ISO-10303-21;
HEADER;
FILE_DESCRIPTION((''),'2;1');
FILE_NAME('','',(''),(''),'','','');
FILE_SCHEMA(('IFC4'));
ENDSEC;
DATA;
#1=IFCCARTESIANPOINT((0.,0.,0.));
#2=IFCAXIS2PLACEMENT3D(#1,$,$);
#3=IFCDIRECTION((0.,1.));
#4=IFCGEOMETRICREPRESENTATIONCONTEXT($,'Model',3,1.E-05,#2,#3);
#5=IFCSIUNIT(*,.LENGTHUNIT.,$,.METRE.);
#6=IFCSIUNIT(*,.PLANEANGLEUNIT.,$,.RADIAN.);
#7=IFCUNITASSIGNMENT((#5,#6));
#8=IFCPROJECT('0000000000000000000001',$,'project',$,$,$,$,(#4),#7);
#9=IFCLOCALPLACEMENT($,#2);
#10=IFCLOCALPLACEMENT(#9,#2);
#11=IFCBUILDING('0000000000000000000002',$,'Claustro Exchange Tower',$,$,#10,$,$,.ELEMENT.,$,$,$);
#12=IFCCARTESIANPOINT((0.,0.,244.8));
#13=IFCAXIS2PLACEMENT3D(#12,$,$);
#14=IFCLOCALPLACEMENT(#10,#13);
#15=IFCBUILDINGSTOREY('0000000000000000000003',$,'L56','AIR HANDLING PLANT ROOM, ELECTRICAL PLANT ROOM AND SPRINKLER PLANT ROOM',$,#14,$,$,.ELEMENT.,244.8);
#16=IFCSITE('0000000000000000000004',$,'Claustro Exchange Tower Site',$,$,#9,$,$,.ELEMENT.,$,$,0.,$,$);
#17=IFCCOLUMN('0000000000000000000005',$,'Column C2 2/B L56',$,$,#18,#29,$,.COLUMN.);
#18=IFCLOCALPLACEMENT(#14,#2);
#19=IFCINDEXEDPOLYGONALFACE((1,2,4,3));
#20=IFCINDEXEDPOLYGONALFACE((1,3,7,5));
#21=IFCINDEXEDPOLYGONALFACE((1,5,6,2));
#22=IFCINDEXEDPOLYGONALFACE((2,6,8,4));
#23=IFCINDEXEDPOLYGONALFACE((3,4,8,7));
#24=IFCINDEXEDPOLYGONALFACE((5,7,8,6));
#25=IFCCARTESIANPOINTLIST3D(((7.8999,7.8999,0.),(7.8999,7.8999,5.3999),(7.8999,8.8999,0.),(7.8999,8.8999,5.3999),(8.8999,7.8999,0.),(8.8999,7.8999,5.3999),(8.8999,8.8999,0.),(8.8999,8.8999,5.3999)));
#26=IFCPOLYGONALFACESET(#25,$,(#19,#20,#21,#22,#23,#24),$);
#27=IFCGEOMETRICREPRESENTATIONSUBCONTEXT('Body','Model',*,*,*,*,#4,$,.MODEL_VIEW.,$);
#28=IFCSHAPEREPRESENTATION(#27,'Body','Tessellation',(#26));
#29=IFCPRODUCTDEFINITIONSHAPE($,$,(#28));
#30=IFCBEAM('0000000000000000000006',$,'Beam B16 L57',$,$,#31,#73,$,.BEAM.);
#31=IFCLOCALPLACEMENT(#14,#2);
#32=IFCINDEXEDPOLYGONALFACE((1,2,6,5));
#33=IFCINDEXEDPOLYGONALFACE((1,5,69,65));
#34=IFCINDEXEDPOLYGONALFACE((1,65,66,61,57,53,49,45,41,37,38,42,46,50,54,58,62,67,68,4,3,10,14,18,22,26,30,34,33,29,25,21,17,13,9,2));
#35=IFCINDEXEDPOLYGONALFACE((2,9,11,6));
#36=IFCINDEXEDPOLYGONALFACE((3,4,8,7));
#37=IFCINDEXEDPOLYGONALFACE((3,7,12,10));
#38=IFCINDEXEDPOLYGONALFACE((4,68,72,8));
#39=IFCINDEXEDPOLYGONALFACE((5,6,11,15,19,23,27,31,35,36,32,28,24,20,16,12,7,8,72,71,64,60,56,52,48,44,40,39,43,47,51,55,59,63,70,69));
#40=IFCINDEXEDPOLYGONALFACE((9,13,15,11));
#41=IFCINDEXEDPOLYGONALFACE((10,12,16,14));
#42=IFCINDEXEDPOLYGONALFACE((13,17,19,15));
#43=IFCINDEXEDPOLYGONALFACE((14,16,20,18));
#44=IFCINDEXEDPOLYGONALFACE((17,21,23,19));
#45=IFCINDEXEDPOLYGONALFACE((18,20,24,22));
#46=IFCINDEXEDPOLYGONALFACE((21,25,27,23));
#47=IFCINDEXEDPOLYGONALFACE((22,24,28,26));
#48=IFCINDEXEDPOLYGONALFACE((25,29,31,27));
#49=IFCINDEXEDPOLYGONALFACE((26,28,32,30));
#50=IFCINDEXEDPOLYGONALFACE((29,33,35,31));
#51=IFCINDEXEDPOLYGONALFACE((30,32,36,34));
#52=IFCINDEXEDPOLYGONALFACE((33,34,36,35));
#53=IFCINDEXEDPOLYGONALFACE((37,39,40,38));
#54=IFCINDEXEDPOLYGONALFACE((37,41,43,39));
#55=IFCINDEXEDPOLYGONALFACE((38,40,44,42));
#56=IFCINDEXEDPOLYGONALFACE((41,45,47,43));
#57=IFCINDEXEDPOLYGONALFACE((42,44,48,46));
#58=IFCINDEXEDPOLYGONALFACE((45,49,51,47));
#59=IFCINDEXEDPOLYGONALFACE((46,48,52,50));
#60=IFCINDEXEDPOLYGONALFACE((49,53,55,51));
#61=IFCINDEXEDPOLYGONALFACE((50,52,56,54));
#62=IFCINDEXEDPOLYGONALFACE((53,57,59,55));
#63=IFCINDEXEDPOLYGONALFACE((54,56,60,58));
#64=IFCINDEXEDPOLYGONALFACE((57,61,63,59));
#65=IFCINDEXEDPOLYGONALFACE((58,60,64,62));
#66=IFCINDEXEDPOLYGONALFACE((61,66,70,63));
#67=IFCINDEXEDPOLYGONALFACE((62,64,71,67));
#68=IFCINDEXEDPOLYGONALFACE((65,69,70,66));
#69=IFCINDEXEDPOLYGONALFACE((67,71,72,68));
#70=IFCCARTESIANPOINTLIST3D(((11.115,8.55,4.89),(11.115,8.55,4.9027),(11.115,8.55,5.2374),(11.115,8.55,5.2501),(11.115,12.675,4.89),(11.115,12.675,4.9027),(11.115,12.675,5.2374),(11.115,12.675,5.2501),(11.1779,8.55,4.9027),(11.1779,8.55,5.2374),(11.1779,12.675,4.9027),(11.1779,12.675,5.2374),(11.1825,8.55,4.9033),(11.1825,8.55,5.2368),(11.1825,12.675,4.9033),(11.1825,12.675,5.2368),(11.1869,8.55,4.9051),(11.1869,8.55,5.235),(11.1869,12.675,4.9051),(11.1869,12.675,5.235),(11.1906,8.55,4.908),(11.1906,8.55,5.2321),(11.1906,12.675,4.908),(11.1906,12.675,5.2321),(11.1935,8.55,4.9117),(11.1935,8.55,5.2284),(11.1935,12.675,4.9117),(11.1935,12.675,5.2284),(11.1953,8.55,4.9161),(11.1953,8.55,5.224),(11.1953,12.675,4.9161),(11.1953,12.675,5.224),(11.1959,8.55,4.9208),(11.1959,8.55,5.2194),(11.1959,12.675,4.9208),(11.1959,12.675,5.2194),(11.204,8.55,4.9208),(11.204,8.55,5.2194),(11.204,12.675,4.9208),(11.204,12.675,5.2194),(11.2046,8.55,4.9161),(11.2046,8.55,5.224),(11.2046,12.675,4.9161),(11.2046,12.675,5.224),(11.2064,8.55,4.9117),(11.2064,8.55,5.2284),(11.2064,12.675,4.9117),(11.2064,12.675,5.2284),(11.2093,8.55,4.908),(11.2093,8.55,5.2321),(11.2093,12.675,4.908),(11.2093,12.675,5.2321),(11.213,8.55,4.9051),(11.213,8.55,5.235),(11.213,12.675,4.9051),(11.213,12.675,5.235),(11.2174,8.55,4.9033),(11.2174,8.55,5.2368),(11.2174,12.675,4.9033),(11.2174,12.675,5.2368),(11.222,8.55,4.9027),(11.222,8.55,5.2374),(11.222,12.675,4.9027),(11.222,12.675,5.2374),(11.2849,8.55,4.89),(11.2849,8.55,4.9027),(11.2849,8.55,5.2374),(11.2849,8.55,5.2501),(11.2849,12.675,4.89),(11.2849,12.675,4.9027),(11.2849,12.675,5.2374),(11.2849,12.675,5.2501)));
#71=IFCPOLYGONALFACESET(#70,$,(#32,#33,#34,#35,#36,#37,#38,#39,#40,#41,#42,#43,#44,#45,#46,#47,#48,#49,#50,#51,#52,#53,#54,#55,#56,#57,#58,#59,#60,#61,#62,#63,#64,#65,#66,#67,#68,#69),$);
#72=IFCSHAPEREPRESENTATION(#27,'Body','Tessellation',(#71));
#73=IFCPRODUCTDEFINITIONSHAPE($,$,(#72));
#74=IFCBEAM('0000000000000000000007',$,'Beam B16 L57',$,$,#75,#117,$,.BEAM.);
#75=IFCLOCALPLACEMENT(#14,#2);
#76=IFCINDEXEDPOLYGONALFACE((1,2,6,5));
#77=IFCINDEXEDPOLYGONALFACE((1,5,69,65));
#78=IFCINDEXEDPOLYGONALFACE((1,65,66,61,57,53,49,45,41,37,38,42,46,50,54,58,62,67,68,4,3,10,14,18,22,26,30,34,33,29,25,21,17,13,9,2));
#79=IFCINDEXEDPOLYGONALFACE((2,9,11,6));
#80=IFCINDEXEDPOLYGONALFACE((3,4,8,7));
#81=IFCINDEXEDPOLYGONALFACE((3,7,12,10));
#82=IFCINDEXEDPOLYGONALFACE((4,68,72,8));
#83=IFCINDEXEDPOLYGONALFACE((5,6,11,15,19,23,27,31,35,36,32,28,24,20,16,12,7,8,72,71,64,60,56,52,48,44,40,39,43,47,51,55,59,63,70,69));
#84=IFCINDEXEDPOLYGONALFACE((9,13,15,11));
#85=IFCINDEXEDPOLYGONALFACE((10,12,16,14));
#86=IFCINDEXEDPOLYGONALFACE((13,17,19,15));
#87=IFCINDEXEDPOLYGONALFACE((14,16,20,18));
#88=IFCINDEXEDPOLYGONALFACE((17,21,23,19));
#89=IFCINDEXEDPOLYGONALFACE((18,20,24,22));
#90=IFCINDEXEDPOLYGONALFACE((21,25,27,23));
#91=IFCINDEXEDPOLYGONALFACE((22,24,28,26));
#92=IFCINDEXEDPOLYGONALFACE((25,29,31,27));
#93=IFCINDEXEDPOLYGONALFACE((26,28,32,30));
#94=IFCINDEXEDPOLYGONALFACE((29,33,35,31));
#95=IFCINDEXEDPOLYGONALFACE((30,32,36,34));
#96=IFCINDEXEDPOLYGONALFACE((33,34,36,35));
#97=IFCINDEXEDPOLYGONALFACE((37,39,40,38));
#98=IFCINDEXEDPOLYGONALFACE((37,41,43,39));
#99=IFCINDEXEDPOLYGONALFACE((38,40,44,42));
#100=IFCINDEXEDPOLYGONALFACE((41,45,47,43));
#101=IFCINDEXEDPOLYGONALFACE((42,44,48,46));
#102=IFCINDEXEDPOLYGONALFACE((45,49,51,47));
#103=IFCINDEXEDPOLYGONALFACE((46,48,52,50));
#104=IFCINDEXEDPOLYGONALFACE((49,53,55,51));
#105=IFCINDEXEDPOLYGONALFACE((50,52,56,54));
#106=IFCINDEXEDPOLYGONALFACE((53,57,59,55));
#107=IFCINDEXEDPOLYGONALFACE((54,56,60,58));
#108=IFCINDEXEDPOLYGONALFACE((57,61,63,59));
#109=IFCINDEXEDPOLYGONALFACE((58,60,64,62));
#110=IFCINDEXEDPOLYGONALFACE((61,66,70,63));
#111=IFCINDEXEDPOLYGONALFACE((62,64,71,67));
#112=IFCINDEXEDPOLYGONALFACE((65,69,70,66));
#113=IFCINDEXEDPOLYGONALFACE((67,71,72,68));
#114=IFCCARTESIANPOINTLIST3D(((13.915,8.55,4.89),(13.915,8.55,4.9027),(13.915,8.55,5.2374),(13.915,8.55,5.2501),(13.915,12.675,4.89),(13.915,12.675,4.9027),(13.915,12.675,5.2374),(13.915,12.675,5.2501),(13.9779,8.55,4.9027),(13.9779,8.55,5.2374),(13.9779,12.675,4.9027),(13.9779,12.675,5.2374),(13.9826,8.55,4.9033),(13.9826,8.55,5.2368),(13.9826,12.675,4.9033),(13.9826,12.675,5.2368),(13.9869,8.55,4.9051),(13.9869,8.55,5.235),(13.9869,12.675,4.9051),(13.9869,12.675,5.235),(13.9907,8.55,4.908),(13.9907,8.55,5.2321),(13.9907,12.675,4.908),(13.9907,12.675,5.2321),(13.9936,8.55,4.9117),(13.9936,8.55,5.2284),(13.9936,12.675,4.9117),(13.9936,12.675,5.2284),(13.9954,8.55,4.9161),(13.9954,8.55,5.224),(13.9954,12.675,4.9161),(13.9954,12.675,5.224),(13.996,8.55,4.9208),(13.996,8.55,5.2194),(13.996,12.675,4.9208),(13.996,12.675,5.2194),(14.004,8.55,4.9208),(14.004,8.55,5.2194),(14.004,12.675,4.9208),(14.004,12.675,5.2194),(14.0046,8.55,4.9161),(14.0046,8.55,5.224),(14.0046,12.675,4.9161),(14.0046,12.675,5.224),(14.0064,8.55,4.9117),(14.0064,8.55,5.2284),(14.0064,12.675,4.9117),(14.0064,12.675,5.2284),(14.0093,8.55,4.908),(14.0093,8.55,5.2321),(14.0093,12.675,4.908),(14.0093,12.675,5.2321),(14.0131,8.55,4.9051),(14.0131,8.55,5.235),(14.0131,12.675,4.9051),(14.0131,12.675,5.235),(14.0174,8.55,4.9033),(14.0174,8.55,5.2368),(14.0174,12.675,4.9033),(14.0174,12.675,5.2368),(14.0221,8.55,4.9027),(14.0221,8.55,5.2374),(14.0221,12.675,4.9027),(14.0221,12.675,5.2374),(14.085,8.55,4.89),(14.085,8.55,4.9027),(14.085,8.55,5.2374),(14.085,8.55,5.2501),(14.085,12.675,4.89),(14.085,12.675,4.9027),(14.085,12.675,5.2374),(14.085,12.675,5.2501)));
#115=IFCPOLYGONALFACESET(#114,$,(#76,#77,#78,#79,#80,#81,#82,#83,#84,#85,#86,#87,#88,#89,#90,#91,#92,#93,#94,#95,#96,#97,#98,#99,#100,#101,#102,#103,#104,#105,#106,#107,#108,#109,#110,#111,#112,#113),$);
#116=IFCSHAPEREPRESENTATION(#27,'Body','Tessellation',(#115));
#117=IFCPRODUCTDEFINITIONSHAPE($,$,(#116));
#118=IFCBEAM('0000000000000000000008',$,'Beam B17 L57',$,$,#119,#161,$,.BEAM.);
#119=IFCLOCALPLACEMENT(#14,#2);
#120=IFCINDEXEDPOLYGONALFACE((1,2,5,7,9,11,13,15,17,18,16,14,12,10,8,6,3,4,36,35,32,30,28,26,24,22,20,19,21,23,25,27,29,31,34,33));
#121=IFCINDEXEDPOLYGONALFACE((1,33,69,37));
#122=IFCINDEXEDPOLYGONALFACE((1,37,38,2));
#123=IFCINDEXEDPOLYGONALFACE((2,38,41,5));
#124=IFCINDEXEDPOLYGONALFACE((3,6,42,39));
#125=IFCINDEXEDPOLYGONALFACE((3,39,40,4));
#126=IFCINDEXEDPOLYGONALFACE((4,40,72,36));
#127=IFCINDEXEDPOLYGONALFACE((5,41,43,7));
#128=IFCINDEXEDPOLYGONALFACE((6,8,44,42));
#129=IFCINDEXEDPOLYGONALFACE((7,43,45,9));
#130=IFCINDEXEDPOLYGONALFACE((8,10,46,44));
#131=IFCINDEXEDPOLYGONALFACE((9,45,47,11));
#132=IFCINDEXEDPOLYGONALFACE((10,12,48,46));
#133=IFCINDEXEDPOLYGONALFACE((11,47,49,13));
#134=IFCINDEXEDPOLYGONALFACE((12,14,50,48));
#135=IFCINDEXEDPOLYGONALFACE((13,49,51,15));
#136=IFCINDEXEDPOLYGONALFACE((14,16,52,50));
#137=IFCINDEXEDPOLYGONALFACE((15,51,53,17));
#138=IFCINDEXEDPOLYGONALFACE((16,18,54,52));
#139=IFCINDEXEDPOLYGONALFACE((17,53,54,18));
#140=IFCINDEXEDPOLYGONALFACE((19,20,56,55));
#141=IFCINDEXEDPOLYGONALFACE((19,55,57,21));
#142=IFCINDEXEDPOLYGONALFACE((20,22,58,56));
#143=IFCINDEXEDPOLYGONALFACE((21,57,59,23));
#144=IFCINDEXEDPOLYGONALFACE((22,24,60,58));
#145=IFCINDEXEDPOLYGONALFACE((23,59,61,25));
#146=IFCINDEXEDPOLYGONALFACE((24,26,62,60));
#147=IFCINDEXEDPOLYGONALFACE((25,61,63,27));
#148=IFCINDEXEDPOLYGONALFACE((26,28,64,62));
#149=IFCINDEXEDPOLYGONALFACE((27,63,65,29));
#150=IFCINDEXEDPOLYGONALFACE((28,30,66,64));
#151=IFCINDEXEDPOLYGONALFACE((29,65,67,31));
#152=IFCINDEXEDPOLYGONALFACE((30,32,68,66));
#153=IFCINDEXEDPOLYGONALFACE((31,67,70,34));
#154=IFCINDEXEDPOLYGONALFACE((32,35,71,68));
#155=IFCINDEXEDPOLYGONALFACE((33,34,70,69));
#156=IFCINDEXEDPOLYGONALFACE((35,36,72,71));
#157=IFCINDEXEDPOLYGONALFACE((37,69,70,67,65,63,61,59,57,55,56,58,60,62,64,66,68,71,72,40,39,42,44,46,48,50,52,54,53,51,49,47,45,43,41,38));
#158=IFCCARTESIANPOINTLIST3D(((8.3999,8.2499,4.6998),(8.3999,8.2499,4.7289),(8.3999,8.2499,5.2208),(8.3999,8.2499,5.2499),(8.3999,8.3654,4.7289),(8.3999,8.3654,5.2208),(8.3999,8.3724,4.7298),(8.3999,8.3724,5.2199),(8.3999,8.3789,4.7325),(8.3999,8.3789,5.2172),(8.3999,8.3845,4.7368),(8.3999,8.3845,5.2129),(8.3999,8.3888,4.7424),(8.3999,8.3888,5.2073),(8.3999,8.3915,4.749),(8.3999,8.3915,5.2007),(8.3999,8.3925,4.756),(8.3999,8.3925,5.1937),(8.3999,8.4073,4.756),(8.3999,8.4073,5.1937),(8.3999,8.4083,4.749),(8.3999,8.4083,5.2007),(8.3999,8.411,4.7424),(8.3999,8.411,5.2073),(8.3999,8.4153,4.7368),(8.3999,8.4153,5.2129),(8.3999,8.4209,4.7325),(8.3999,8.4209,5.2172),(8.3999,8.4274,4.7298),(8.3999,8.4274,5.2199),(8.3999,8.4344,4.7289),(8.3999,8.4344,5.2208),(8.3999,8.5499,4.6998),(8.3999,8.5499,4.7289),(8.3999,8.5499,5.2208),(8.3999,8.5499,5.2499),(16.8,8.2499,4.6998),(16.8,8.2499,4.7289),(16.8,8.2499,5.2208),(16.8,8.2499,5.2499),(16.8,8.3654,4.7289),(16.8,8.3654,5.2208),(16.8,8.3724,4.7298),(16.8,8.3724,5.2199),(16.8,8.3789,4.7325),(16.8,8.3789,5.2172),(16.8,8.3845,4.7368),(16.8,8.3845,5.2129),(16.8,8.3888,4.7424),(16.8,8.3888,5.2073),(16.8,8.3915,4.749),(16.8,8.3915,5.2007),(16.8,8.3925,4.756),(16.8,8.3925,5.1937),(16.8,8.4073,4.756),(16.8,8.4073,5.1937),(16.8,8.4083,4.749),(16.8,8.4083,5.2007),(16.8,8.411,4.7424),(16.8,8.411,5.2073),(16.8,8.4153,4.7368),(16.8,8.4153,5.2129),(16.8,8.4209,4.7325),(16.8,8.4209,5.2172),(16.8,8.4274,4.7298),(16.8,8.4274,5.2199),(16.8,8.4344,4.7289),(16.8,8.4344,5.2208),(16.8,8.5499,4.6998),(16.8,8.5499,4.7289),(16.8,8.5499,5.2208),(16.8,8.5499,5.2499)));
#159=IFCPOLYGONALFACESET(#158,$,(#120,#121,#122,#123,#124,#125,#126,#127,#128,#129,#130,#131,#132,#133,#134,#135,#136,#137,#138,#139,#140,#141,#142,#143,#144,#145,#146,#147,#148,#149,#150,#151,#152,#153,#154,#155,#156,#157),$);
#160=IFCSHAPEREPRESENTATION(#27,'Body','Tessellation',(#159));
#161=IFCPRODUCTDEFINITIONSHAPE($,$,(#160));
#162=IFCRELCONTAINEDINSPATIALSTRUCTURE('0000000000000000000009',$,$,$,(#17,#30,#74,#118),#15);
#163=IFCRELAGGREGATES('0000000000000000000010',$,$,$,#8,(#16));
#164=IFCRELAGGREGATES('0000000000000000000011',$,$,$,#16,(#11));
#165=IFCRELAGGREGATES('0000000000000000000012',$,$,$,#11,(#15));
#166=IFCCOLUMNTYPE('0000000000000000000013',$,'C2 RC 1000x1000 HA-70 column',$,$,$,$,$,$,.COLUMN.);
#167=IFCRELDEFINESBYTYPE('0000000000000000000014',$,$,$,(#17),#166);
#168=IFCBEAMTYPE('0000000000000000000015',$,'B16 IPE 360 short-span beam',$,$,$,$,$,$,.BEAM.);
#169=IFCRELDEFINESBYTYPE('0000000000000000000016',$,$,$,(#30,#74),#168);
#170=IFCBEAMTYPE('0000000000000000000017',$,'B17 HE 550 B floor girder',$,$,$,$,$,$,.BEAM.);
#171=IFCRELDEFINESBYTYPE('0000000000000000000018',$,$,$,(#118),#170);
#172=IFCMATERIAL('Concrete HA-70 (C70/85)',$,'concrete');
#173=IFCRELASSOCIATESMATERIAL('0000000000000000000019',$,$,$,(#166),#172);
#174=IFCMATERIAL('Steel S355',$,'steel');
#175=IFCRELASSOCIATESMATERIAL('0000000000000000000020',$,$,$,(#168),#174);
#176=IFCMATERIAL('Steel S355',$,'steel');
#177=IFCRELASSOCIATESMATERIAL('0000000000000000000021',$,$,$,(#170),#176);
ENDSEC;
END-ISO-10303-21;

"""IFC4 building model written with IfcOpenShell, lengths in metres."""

from ifc_helpers import new_model, si_unit, direction, frame, origin, origin_2d, place, context, subcontext, project, spatial, rectangle, i_section, extrude, material, material_profile, profile_set, type_object, element, save


model = new_model("IFC4")

# Units and contexts
model_context = context("Model", 3, precision=1e-05, world=origin(), true_north=direction((0.0, 1.0)))
body_context = subcontext(model_context, "Body", "Model", "MODEL_VIEW")
ifc_project = project(units=[si_unit("LENGTHUNIT", "METRE"), si_unit("PLANEANGLEUNIT", "RADIAN")], contexts=[model_context])

# Site, building, storey
site_placement = place(None, origin())
site = spatial("IfcSite", under=ifc_project, at=site_placement, Name="Claustro Exchange Tower Site", CompositionType="ELEMENT", RefElevation=0.0)
building_placement = place(site_placement, origin())
building = spatial("IfcBuilding", under=site, at=building_placement, Name="Claustro Exchange Tower", CompositionType="ELEMENT")
storey_placement = place(building_placement, frame((0.0, 0.0, 244.8)))
storey = spatial("IfcBuildingStorey", under=building, at=storey_placement, Name="L56", Description="AIR HANDLING PLANT ROOM, ELECTRICAL PLANT ROOM AND SPRINKLER PLANT ROOM", CompositionType="ELEMENT", Elevation=244.8)

# Column
ifc_material_1 = material(Name="Concrete HA-70 (C70/85)", Category="concrete")
ifc_material_profile_1 = material_profile(ifc_material_1, rectangle(XDim=1.0, YDim=1.0, at=origin_2d()), Name="RC 1000x1000")
ifc_profile_set_1 = profile_set([ifc_material_profile_1], Name="Concrete HA-70 (C70/85)")
column_type = type_object("IfcColumnType", Name="C2 RC 1000x1000 HA-70 column", PredefinedType="COLUMN", material=ifc_profile_set_1)
column_placement = place(storey_placement, frame((8.3999, 8.3999, 0.0), z_axis=(0.0, 0.0, 1.0), x_axis=(1.0, 0.0, 0.0)))
element("IfcColumn", 1, at=column_placement, inside=storey, type_object=column_type, Name="Column C2 2/B L56", PredefinedType="COLUMN", context=body_context, shape_type="SweptSolid", body=[
    extrude(rectangle(XDim=1.0, YDim=1.0, at=origin_2d()), origin(), (0.0, 0.0, 1.0), 5.3999),
])

# Beams
ifc_material_2 = material(Name="Steel S355", Category="steel")
ifc_material_profile_2 = material_profile(ifc_material_2, i_section(OverallWidth=0.1699, OverallDepth=0.3601, WebThickness=0.0081, FlangeThickness=0.0127, FilletRadius=0.0181, at=origin_2d()), Name="IPE 360")
ifc_profile_set_2 = profile_set([ifc_material_profile_2], Name="Steel S355")
beam_type_1 = type_object("IfcBeamType", Name="B16 IPE 360 short-span beam", PredefinedType="BEAM", material=ifc_profile_set_2)
for number, where, z_axis, x_axis, name in (
    (2, (11.2, 8.55, 5.0701), (0.0, 1.0, 0.0), (-1.0, 0.0, 0.0), "Beam B16 L57"),
    (3, (14.0, 8.55, 5.0701), (0.0, 1.0, 0.0), (-1.0, 0.0, 0.0), "Beam B16 L57"),
):
    element("IfcBeam", number, at=place(storey_placement, frame(where, z_axis=z_axis, x_axis=x_axis)), inside=storey, type_object=beam_type_1, Name=name, PredefinedType="BEAM", context=body_context, shape_type="SweptSolid", body=[
        extrude(i_section(OverallWidth=0.1699, OverallDepth=0.3601, WebThickness=0.0081, FlangeThickness=0.0127, FilletRadius=0.0181, at=origin_2d()), origin(), (0.0, 0.0, 1.0), 4.125),
    ])
ifc_material_3 = material(Name="Steel S355", Category="steel")
ifc_material_profile_3 = material_profile(ifc_material_3, i_section(OverallWidth=0.3, OverallDepth=0.55, WebThickness=0.0149, FlangeThickness=0.0291, FilletRadius=0.0271, at=origin_2d()), Name="HE 550 B")
ifc_profile_set_3 = profile_set([ifc_material_profile_3], Name="Steel S355")
beam_type_2 = type_object("IfcBeamType", Name="B17 HE 550 B floor girder", PredefinedType="BEAM", material=ifc_profile_set_3)
beam_1_placement = place(storey_placement, frame((8.3999, 8.3999, 4.9749), z_axis=(1.0, 0.0, 0.0), x_axis=(0.0, 1.0, 0.0)))
element("IfcBeam", 4, at=beam_1_placement, inside=storey, type_object=beam_type_2, Name="Beam B17 L57", PredefinedType="BEAM", context=body_context, shape_type="SweptSolid", body=[
    extrude(i_section(OverallWidth=0.3, OverallDepth=0.55, WebThickness=0.0149, FlangeThickness=0.0291, FilletRadius=0.0271, at=origin_2d()), origin(), (0.0, 0.0, 1.0), 8.4001),
])

save(model, "model.ifc")
